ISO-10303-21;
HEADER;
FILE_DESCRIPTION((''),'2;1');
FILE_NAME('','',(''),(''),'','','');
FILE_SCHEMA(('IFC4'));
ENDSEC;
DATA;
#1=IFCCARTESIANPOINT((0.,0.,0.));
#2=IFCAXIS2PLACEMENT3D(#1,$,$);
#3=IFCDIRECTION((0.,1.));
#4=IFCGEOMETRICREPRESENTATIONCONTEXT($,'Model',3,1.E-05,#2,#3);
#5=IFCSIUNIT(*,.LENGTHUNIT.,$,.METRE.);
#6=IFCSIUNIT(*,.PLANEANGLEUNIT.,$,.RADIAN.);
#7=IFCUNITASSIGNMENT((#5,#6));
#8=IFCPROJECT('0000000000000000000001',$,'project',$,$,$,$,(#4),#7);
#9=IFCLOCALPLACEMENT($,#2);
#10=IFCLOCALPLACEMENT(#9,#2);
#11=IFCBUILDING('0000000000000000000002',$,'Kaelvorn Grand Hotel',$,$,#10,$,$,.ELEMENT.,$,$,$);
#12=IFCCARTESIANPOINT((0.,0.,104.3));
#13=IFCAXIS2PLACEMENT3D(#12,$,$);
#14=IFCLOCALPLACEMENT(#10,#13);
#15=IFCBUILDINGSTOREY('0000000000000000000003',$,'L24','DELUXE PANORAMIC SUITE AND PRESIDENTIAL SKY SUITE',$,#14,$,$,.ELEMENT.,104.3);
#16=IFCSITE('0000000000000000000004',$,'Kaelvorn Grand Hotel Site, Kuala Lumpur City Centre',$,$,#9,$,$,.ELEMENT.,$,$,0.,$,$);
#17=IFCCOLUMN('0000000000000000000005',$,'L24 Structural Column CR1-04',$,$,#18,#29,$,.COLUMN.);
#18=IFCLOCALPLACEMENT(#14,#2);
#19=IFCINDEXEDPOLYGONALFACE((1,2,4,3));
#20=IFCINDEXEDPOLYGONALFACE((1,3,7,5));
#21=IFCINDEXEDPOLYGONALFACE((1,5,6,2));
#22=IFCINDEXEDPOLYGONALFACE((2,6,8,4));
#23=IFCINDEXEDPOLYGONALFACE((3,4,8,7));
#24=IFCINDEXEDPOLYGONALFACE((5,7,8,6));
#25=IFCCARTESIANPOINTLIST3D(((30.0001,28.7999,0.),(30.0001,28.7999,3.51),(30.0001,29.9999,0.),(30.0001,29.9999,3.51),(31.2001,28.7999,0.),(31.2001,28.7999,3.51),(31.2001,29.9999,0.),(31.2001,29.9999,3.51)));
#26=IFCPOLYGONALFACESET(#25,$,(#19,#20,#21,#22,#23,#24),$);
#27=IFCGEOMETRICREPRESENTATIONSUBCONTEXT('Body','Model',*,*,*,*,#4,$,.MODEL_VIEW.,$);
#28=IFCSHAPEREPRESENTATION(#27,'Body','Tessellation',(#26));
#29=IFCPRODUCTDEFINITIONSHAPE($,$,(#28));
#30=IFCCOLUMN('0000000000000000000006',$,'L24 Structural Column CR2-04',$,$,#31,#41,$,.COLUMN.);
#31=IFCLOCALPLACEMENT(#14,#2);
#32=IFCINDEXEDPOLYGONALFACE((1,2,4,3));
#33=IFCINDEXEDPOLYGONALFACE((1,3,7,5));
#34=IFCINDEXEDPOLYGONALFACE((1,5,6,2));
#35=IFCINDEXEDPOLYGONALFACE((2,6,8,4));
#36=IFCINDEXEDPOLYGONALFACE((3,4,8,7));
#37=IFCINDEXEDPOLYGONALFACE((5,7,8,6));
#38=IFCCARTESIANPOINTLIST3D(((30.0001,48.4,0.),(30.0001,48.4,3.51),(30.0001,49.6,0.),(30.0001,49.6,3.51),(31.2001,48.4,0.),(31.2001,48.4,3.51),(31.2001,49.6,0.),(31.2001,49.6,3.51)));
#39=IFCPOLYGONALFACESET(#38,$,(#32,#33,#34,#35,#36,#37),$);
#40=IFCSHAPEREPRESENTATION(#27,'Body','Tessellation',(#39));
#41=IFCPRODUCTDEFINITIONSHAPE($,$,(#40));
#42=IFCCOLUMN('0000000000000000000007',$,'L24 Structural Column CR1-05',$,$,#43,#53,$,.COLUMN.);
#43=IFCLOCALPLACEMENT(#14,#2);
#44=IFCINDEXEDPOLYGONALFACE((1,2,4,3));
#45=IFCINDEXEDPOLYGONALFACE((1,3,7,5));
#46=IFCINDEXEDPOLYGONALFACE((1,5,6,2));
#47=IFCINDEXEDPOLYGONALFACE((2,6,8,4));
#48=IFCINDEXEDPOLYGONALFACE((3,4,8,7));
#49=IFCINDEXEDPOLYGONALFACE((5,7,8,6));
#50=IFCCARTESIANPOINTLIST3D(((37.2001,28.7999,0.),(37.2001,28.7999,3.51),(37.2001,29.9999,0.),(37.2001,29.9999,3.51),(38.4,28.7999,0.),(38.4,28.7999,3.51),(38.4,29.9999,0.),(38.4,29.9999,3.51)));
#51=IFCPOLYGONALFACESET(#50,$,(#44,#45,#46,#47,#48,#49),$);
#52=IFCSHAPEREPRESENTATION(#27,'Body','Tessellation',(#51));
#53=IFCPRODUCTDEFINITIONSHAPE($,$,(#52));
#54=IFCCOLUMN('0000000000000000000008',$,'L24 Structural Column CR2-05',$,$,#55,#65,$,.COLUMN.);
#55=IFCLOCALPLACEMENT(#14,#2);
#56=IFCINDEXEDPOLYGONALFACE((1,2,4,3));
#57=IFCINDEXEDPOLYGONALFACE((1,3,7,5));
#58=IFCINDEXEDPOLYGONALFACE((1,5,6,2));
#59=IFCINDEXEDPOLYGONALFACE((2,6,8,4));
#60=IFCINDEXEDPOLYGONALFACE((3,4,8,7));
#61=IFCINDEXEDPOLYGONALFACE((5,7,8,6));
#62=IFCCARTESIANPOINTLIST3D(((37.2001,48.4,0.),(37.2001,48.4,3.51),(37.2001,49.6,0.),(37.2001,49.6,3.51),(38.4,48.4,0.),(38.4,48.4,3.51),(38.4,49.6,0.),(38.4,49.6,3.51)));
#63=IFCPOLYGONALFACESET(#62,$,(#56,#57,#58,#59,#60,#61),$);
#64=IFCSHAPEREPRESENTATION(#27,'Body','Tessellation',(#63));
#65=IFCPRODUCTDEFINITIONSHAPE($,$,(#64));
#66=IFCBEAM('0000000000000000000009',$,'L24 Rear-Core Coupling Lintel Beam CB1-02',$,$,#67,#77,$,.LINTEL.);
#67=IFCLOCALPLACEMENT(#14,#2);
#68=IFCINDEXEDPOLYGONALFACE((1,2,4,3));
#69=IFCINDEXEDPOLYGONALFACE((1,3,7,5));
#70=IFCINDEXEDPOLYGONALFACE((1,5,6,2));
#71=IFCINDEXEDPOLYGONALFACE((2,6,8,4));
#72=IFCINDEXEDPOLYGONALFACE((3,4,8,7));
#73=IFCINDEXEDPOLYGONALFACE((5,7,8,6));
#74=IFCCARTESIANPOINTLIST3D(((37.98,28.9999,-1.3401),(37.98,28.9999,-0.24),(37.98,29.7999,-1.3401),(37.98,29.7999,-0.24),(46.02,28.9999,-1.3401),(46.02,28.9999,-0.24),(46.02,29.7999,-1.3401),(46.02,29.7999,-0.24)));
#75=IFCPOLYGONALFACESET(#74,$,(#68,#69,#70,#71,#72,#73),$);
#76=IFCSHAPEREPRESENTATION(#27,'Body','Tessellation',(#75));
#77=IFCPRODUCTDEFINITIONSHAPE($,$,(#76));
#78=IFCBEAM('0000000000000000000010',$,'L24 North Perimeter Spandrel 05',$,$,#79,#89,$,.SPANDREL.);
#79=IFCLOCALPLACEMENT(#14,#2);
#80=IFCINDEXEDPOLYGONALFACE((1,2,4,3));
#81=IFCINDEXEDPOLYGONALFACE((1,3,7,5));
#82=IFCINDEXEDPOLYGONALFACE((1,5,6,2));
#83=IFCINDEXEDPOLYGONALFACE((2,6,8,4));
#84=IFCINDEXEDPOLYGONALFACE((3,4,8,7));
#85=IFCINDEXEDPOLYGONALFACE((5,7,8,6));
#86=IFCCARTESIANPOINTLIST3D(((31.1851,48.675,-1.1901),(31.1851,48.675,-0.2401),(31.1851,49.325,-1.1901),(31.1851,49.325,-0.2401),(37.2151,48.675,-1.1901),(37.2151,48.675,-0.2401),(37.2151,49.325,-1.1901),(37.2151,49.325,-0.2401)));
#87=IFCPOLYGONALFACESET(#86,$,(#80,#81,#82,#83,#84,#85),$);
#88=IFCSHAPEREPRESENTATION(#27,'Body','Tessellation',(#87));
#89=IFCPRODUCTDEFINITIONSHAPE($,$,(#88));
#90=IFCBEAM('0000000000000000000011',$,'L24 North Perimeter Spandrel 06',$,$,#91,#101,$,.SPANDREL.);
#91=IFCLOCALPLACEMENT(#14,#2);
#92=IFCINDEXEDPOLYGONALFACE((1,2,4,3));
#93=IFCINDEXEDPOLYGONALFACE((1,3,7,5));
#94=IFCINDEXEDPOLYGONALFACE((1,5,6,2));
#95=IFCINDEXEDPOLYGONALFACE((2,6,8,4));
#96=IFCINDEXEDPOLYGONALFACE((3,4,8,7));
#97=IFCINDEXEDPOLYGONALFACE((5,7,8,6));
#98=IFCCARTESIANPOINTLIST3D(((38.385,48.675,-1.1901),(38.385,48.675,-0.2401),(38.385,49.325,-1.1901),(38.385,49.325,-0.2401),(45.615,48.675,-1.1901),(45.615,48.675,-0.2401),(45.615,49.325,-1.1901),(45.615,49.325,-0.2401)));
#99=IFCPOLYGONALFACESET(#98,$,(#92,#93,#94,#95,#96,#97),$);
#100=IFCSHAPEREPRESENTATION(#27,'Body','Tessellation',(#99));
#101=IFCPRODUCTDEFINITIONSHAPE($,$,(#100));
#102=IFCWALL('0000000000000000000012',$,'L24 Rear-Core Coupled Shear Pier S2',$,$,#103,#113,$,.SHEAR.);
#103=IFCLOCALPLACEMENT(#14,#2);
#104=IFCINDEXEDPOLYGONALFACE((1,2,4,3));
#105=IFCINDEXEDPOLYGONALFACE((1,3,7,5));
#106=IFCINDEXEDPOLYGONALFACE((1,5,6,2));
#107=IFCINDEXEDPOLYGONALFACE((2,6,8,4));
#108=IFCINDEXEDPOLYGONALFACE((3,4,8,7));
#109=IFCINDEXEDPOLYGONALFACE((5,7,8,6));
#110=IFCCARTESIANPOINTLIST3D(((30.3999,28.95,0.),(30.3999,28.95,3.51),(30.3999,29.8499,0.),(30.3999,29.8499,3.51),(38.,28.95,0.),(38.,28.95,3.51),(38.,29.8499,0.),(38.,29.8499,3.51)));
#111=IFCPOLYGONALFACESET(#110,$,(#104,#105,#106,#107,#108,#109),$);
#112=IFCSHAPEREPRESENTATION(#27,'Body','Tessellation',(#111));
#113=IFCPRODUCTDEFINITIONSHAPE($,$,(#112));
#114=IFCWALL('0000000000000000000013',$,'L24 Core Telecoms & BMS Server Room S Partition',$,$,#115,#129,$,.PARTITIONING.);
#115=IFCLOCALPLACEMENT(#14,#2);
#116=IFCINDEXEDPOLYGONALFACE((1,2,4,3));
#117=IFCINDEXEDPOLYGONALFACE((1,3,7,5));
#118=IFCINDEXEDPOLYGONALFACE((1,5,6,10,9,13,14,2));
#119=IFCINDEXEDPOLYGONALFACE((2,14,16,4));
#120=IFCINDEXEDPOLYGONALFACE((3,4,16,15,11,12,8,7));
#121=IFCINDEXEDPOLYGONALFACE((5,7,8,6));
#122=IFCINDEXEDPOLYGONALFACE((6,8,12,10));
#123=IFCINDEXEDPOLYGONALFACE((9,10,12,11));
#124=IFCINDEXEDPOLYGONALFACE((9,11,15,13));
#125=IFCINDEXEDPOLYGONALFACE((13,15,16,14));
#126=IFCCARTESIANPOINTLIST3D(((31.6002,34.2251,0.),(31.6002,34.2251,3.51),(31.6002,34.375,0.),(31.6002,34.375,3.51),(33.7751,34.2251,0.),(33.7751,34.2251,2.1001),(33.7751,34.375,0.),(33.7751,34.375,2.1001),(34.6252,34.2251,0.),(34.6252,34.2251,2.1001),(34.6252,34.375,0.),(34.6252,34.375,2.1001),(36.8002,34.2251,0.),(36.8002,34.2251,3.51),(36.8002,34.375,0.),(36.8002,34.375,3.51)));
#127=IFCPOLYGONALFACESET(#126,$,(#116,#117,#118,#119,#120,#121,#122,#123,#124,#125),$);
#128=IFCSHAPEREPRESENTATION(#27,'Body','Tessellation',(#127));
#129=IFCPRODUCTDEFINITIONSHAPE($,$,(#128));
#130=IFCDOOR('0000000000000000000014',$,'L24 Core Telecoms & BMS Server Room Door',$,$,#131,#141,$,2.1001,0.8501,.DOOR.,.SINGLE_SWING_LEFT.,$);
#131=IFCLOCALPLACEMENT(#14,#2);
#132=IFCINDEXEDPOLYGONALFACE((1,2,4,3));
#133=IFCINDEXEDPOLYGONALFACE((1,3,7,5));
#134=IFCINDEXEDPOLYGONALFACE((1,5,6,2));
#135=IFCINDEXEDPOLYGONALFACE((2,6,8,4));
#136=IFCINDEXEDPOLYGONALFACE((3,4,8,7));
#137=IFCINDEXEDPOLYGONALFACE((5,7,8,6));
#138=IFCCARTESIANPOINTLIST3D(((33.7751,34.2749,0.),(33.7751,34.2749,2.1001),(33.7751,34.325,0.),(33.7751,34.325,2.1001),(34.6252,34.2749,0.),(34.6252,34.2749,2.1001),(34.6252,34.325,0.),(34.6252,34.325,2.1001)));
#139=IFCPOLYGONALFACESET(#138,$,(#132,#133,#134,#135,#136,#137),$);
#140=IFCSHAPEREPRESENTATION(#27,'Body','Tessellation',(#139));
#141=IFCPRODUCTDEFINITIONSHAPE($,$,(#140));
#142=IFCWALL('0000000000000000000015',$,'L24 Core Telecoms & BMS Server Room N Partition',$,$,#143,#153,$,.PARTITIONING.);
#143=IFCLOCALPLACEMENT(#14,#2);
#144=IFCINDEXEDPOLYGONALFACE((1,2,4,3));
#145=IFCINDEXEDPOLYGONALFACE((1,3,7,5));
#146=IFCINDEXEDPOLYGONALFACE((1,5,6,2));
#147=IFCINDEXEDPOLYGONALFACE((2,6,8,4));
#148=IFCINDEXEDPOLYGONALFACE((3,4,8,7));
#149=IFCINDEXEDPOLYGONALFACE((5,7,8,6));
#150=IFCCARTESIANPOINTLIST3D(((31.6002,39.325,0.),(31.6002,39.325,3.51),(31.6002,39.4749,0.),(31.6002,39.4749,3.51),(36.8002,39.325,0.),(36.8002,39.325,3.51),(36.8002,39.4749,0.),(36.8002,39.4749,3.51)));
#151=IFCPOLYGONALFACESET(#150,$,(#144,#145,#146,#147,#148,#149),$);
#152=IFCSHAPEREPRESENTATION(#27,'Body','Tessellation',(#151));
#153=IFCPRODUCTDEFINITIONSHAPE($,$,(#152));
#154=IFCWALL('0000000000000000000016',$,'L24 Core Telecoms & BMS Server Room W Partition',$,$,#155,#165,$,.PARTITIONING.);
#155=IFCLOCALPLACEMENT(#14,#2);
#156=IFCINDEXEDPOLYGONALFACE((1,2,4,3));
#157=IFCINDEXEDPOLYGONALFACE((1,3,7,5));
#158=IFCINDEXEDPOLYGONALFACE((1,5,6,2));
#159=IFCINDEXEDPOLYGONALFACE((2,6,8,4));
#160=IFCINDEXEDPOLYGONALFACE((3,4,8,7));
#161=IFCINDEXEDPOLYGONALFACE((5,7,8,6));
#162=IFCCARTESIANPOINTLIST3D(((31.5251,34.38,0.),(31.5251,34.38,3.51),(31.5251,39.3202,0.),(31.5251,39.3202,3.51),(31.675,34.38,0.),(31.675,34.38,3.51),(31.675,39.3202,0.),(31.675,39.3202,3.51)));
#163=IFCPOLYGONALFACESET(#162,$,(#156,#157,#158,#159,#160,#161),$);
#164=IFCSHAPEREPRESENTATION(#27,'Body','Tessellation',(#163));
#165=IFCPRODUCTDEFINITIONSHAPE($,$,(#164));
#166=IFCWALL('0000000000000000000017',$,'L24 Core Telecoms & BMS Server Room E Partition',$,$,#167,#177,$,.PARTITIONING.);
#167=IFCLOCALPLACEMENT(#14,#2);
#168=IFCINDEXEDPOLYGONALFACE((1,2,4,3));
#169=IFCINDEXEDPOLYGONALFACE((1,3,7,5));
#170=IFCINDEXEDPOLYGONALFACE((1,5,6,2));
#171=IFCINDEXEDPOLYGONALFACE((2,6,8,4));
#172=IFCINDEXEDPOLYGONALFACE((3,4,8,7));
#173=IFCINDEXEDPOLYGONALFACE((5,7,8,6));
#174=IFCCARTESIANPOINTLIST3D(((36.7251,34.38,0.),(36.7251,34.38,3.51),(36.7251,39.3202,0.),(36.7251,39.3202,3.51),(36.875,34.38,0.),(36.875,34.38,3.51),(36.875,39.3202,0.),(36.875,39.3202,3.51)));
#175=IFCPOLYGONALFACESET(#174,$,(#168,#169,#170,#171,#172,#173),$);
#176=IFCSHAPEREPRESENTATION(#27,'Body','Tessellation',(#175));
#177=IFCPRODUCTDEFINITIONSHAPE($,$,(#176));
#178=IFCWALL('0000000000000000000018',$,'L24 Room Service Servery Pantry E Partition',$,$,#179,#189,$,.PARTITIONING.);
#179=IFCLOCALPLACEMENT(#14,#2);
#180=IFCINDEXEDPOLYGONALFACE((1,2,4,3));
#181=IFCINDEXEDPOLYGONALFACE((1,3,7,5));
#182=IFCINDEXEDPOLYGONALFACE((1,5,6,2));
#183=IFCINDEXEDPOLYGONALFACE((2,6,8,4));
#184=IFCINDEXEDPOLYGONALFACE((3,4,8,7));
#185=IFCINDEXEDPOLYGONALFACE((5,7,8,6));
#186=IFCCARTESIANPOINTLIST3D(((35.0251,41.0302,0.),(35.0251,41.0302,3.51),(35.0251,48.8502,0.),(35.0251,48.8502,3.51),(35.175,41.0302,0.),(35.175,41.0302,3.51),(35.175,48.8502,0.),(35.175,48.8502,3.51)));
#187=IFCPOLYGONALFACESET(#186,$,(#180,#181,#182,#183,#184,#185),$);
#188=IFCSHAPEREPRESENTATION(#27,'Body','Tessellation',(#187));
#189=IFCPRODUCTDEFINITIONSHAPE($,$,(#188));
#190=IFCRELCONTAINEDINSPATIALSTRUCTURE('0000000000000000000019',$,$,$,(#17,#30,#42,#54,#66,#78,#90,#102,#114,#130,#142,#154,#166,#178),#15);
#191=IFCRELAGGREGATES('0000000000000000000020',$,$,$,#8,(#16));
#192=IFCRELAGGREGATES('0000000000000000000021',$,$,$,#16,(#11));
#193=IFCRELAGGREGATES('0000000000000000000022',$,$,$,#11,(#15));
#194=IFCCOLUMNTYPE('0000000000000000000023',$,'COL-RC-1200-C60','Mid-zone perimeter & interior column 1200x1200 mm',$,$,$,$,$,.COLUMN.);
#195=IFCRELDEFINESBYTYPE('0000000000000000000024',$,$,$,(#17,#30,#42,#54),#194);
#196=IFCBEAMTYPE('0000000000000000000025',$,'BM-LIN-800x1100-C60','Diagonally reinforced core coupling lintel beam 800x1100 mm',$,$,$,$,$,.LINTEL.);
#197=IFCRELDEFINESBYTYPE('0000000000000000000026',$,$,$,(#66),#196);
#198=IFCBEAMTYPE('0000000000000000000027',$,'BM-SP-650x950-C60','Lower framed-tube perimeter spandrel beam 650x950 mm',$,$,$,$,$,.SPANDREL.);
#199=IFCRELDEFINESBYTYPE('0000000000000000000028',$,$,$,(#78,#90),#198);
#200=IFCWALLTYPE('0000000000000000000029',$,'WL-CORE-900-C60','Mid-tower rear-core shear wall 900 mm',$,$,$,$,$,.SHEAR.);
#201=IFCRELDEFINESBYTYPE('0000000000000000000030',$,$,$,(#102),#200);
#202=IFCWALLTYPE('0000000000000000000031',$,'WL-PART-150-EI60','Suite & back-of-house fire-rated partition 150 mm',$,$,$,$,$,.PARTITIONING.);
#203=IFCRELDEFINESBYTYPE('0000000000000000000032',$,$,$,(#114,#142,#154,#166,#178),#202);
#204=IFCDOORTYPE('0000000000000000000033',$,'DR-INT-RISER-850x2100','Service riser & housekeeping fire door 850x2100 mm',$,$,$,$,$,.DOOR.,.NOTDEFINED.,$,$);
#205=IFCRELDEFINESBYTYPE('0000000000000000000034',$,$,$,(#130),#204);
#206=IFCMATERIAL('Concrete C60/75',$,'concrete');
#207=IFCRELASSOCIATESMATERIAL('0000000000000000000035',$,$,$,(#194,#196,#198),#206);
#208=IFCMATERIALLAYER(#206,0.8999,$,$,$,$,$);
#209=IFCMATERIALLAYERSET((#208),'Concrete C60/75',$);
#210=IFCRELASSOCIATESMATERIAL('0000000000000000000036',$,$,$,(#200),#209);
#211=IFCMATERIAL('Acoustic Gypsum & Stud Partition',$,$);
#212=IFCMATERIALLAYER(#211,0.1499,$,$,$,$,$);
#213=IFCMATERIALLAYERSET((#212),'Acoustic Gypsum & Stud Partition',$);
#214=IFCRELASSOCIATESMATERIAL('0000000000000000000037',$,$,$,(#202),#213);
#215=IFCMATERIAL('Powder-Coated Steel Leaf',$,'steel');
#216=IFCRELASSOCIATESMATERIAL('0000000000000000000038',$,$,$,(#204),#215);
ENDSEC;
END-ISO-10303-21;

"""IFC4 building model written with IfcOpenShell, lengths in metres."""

from ifc_helpers import new_model, si_unit, direction, frame, frame_2d, origin, origin_2d, place, context, subcontext, project, spatial, rectangle, extrude, material, layer, layer_set, material_profile, profile_set, type_object, element, fill, save


model = new_model("IFC4")

# Units and contexts
model_context = context("Model", 3, precision=1e-05, world=origin(), true_north=direction((0.0, 1.0)))
body_context = subcontext(model_context, "Body", "Model", "MODEL_VIEW")
ifc_project = project(units=[si_unit("LENGTHUNIT", "METRE"), si_unit("PLANEANGLEUNIT", "RADIAN")], contexts=[model_context])

# Site, building, storey
site_placement = place(None, origin())
site = spatial("IfcSite", under=ifc_project, at=site_placement, Name="Kaelvorn Grand Hotel Site, Kuala Lumpur City Centre", CompositionType="ELEMENT", RefElevation=0.0)
building_placement = place(site_placement, origin())
building = spatial("IfcBuilding", under=site, at=building_placement, Name="Kaelvorn Grand Hotel", CompositionType="ELEMENT")
storey_placement = place(building_placement, frame((0.0, 0.0, 104.3)))
storey = spatial("IfcBuildingStorey", under=building, at=storey_placement, Name="L24", Description="DELUXE PANORAMIC SUITE AND PRESIDENTIAL SKY SUITE", CompositionType="ELEMENT", Elevation=104.3)

# Columns
ifc_material_1 = material(Name="Concrete C60/75", Category="concrete")
ifc_material_profile_1 = material_profile(ifc_material_1, rectangle(XDim=1.2, YDim=1.2, at=origin_2d()), Name="RC COL 1200x1200")
ifc_profile_set_1 = profile_set([ifc_material_profile_1], Name="Concrete C60/75")
column_type = type_object("IfcColumnType", Name="COL-RC-1200-C60", Description="Mid-zone perimeter & interior column 1200x1200 mm", PredefinedType="COLUMN", material=ifc_profile_set_1)
for number, where, z_axis, x_axis, name in (
    (1, (30.6001, 29.3999, 0.0), (0.0, 0.0, 1.0), (1.0, 0.0, 0.0), "L24 Structural Column CR1-04"),
    (2, (30.6001, 49.0, 0.0), (0.0, 0.0, 1.0), (1.0, 0.0, 0.0), "L24 Structural Column CR2-04"),
    (3, (37.8, 29.3999, 0.0), (0.0, 0.0, 1.0), (1.0, 0.0, 0.0), "L24 Structural Column CR1-05"),
    (4, (37.8, 49.0, 0.0), (0.0, 0.0, 1.0), (1.0, 0.0, 0.0), "L24 Structural Column CR2-05"),
):
    element("IfcColumn", number, at=place(storey_placement, frame(where, z_axis=z_axis, x_axis=x_axis)), inside=storey, type_object=column_type, Name=name, PredefinedType="COLUMN", context=body_context, shape_type="SweptSolid", body=[
        extrude(rectangle(XDim=1.2, YDim=1.2, at=origin_2d()), origin(), (0.0, 0.0, 1.0), 3.51),
    ])

# Beams
ifc_material_profile_2 = material_profile(ifc_material_1, rectangle(XDim=0.8, YDim=1.1001, at=origin_2d()), Name="RC LINTEL 800x1100")
ifc_profile_set_2 = profile_set([ifc_material_profile_2], Name="Concrete C60/75")
beam_type_1 = type_object("IfcBeamType", Name="BM-LIN-800x1100-C60", Description="Diagonally reinforced core coupling lintel beam 800x1100 mm", PredefinedType="LINTEL", material=ifc_profile_set_2)
beam_1_placement = place(storey_placement, frame((37.98, 29.3999, -0.79), z_axis=(1.0, 0.0, 0.0), x_axis=(0.0, 1.0, 0.0)))
element("IfcBeam", 5, at=beam_1_placement, inside=storey, type_object=beam_type_1, Name="L24 Rear-Core Coupling Lintel Beam CB1-02", PredefinedType="LINTEL", context=body_context, shape_type="SweptSolid", body=[
    extrude(rectangle(XDim=0.8, YDim=1.1001, at=origin_2d()), origin(), (0.0, 0.0, 1.0), 8.04),
])
ifc_material_profile_3 = material_profile(ifc_material_1, rectangle(XDim=0.6499, YDim=0.95, at=origin_2d()), Name="RC SPANDREL 650x950")
ifc_profile_set_3 = profile_set([ifc_material_profile_3], Name="Concrete C60/75")
beam_type_2 = type_object("IfcBeamType", Name="BM-SP-650x950-C60", Description="Lower framed-tube perimeter spandrel beam 650x950 mm", PredefinedType="SPANDREL", material=ifc_profile_set_3)
beam_2_placement = place(storey_placement, frame((31.1851, 49.0, -0.7151), z_axis=(1.0, 0.0, 0.0), x_axis=(0.0, 1.0, 0.0)))
element("IfcBeam", 6, at=beam_2_placement, inside=storey, type_object=beam_type_2, Name="L24 North Perimeter Spandrel 05", PredefinedType="SPANDREL", context=body_context, shape_type="SweptSolid", body=[
    extrude(rectangle(XDim=0.6499, YDim=0.95, at=origin_2d()), origin(), (0.0, 0.0, 1.0), 6.03),
])
beam_3_placement = place(storey_placement, frame((38.385, 49.0, -0.7151), z_axis=(1.0, 0.0, 0.0), x_axis=(0.0, 1.0, 0.0)))
element("IfcBeam", 7, at=beam_3_placement, inside=storey, type_object=beam_type_2, Name="L24 North Perimeter Spandrel 06", PredefinedType="SPANDREL", context=body_context, shape_type="SweptSolid", body=[
    extrude(rectangle(XDim=0.6499, YDim=0.95, at=origin_2d()), origin(), (0.0, 0.0, 1.0), 7.23),
])

# Wall
ifc_layer_1 = layer(ifc_material_1, 0.8999)
ifc_layer_set_1 = layer_set([ifc_layer_1], Name="Concrete C60/75")
wall_type_1 = type_object("IfcWallType", Name="WL-CORE-900-C60", Description="Mid-tower rear-core shear wall 900 mm", PredefinedType="SHEAR", material=ifc_layer_set_1)
wall_1_placement = place(storey_placement, frame((30.3999, 29.3999, 0.0), z_axis=(0.0, 0.0, 1.0), x_axis=(1.0, 0.0, 0.0)))
element("IfcWall", 8, at=wall_1_placement, inside=storey, type_object=wall_type_1, Name="L24 Rear-Core Coupled Shear Pier S2", PredefinedType="SHEAR", context=body_context, shape_type="SweptSolid", body=[
    extrude(rectangle(XDim=7.6001, YDim=0.8999, at=frame_2d((3.8, 0.0))), origin(), (0.0, 0.0, 1.0), 3.51),
])

# Wall, opening, door
ifc_material_2 = material(Name="Acoustic Gypsum & Stud Partition")
ifc_layer_2 = layer(ifc_material_2, 0.1499)
ifc_layer_set_2 = layer_set([ifc_layer_2], Name="Acoustic Gypsum & Stud Partition")
wall_type_2 = type_object("IfcWallType", Name="WL-PART-150-EI60", Description="Suite & back-of-house fire-rated partition 150 mm", PredefinedType="PARTITIONING", material=ifc_layer_set_2)
wall_2_placement = place(storey_placement, frame((31.6001, 34.3, 0.0), z_axis=(0.0, 0.0, 1.0), x_axis=(1.0, 0.0, 0.0)))
wall_2 = element("IfcWall", 9, at=wall_2_placement, inside=storey, type_object=wall_type_2, Name="L24 Core Telecoms & BMS Server Room S Partition", PredefinedType="PARTITIONING", context=body_context, shape_type="SweptSolid", body=[
    extrude(rectangle(XDim=5.2, YDim=0.1499, at=frame_2d((2.6001, 0.0))), origin(), (0.0, 0.0, 1.0), 3.51),
])
opening_1_placement = place(wall_2_placement, frame((2.175, 0.0, 0.0)))
opening_1 = element("IfcOpeningElement", 10, at=opening_1_placement, cuts=wall_2, PredefinedType="OPENING", context=body_context, shape_type="SweptSolid", body=[
    extrude(rectangle(XDim=0.8501, YDim=2.1001, at=frame_2d((0.425, 1.05))), frame((0.0, 0.085, 0.0), z_axis=(0.0, -1.0, 0.0), x_axis=(1.0, 0.0, 0.0)), (0.0, 0.0, 1.0), 0.1699),
])
ifc_material_3 = material(Name="Powder-Coated Steel Leaf", Category="steel")
door_type_1 = type_object("IfcDoorType", Name="DR-INT-RISER-850x2100", Description="Service riser & housekeeping fire door 850x2100 mm", OperationType="NOTDEFINED", PredefinedType="DOOR", material=ifc_material_3)
door_1_placement = place(opening_1_placement, origin())
door_1 = element("IfcDoor", 11, at=door_1_placement, inside=storey, type_object=door_type_1, Name="L24 Core Telecoms & BMS Server Room Door", OperationType="SINGLE_SWING_LEFT", OverallHeight=2.1001, OverallWidth=0.8501, PredefinedType="DOOR", context=body_context, shape_type="SweptSolid", body=[
    extrude(rectangle(XDim=0.8501, YDim=2.1001, at=frame_2d((0.425, 1.05))), frame((0.0, 0.0249, 0.0), z_axis=(0.0, -1.0, 0.0), x_axis=(1.0, 0.0, 0.0)), (0.0, 0.0, 1.0), 0.05),
])
fill(opening_1, door_1)

# Walls
wall_3_placement = place(storey_placement, frame((31.6001, 39.3999, 0.0), z_axis=(0.0, 0.0, 1.0), x_axis=(1.0, 0.0, 0.0)))
element("IfcWall", 12, at=wall_3_placement, inside=storey, type_object=wall_type_2, Name="L24 Core Telecoms & BMS Server Room N Partition", PredefinedType="PARTITIONING", context=body_context, shape_type="SweptSolid", body=[
    extrude(rectangle(XDim=5.2, YDim=0.1499, at=frame_2d((2.6001, 0.0))), origin(), (0.0, 0.0, 1.0), 3.51),
])
for number, where, z_axis, x_axis, name in (
    (13, (31.6001, 34.3799, 0.0), (0.0, 0.0, 1.0), (0.0, 1.0, 0.0), "L24 Core Telecoms & BMS Server Room W Partition"),
    (14, (36.8, 34.3799, 0.0), (0.0, 0.0, 1.0), (0.0, 1.0, 0.0), "L24 Core Telecoms & BMS Server Room E Partition"),
):
    element("IfcWall", number, at=place(storey_placement, frame(where, z_axis=z_axis, x_axis=x_axis)), inside=storey, type_object=wall_type_2, Name=name, PredefinedType="PARTITIONING", context=body_context, shape_type="SweptSolid", body=[
        extrude(rectangle(XDim=4.9402, YDim=0.1499, at=frame_2d((2.4702, 0.0))), origin(), (0.0, 0.0, 1.0), 3.51),
    ])
wall_4_placement = place(storey_placement, frame((35.1001, 41.03, 0.0), z_axis=(0.0, 0.0, 1.0), x_axis=(0.0, 1.0, 0.0)))
element("IfcWall", 15, at=wall_4_placement, inside=storey, type_object=wall_type_2, Name="L24 Room Service Servery Pantry E Partition", PredefinedType="PARTITIONING", context=body_context, shape_type="SweptSolid", body=[
    extrude(rectangle(XDim=7.8201, YDim=0.1499, at=frame_2d((3.9102, 0.0))), origin(), (0.0, 0.0, 1.0), 3.51),
])

save(model, "model.ifc")
